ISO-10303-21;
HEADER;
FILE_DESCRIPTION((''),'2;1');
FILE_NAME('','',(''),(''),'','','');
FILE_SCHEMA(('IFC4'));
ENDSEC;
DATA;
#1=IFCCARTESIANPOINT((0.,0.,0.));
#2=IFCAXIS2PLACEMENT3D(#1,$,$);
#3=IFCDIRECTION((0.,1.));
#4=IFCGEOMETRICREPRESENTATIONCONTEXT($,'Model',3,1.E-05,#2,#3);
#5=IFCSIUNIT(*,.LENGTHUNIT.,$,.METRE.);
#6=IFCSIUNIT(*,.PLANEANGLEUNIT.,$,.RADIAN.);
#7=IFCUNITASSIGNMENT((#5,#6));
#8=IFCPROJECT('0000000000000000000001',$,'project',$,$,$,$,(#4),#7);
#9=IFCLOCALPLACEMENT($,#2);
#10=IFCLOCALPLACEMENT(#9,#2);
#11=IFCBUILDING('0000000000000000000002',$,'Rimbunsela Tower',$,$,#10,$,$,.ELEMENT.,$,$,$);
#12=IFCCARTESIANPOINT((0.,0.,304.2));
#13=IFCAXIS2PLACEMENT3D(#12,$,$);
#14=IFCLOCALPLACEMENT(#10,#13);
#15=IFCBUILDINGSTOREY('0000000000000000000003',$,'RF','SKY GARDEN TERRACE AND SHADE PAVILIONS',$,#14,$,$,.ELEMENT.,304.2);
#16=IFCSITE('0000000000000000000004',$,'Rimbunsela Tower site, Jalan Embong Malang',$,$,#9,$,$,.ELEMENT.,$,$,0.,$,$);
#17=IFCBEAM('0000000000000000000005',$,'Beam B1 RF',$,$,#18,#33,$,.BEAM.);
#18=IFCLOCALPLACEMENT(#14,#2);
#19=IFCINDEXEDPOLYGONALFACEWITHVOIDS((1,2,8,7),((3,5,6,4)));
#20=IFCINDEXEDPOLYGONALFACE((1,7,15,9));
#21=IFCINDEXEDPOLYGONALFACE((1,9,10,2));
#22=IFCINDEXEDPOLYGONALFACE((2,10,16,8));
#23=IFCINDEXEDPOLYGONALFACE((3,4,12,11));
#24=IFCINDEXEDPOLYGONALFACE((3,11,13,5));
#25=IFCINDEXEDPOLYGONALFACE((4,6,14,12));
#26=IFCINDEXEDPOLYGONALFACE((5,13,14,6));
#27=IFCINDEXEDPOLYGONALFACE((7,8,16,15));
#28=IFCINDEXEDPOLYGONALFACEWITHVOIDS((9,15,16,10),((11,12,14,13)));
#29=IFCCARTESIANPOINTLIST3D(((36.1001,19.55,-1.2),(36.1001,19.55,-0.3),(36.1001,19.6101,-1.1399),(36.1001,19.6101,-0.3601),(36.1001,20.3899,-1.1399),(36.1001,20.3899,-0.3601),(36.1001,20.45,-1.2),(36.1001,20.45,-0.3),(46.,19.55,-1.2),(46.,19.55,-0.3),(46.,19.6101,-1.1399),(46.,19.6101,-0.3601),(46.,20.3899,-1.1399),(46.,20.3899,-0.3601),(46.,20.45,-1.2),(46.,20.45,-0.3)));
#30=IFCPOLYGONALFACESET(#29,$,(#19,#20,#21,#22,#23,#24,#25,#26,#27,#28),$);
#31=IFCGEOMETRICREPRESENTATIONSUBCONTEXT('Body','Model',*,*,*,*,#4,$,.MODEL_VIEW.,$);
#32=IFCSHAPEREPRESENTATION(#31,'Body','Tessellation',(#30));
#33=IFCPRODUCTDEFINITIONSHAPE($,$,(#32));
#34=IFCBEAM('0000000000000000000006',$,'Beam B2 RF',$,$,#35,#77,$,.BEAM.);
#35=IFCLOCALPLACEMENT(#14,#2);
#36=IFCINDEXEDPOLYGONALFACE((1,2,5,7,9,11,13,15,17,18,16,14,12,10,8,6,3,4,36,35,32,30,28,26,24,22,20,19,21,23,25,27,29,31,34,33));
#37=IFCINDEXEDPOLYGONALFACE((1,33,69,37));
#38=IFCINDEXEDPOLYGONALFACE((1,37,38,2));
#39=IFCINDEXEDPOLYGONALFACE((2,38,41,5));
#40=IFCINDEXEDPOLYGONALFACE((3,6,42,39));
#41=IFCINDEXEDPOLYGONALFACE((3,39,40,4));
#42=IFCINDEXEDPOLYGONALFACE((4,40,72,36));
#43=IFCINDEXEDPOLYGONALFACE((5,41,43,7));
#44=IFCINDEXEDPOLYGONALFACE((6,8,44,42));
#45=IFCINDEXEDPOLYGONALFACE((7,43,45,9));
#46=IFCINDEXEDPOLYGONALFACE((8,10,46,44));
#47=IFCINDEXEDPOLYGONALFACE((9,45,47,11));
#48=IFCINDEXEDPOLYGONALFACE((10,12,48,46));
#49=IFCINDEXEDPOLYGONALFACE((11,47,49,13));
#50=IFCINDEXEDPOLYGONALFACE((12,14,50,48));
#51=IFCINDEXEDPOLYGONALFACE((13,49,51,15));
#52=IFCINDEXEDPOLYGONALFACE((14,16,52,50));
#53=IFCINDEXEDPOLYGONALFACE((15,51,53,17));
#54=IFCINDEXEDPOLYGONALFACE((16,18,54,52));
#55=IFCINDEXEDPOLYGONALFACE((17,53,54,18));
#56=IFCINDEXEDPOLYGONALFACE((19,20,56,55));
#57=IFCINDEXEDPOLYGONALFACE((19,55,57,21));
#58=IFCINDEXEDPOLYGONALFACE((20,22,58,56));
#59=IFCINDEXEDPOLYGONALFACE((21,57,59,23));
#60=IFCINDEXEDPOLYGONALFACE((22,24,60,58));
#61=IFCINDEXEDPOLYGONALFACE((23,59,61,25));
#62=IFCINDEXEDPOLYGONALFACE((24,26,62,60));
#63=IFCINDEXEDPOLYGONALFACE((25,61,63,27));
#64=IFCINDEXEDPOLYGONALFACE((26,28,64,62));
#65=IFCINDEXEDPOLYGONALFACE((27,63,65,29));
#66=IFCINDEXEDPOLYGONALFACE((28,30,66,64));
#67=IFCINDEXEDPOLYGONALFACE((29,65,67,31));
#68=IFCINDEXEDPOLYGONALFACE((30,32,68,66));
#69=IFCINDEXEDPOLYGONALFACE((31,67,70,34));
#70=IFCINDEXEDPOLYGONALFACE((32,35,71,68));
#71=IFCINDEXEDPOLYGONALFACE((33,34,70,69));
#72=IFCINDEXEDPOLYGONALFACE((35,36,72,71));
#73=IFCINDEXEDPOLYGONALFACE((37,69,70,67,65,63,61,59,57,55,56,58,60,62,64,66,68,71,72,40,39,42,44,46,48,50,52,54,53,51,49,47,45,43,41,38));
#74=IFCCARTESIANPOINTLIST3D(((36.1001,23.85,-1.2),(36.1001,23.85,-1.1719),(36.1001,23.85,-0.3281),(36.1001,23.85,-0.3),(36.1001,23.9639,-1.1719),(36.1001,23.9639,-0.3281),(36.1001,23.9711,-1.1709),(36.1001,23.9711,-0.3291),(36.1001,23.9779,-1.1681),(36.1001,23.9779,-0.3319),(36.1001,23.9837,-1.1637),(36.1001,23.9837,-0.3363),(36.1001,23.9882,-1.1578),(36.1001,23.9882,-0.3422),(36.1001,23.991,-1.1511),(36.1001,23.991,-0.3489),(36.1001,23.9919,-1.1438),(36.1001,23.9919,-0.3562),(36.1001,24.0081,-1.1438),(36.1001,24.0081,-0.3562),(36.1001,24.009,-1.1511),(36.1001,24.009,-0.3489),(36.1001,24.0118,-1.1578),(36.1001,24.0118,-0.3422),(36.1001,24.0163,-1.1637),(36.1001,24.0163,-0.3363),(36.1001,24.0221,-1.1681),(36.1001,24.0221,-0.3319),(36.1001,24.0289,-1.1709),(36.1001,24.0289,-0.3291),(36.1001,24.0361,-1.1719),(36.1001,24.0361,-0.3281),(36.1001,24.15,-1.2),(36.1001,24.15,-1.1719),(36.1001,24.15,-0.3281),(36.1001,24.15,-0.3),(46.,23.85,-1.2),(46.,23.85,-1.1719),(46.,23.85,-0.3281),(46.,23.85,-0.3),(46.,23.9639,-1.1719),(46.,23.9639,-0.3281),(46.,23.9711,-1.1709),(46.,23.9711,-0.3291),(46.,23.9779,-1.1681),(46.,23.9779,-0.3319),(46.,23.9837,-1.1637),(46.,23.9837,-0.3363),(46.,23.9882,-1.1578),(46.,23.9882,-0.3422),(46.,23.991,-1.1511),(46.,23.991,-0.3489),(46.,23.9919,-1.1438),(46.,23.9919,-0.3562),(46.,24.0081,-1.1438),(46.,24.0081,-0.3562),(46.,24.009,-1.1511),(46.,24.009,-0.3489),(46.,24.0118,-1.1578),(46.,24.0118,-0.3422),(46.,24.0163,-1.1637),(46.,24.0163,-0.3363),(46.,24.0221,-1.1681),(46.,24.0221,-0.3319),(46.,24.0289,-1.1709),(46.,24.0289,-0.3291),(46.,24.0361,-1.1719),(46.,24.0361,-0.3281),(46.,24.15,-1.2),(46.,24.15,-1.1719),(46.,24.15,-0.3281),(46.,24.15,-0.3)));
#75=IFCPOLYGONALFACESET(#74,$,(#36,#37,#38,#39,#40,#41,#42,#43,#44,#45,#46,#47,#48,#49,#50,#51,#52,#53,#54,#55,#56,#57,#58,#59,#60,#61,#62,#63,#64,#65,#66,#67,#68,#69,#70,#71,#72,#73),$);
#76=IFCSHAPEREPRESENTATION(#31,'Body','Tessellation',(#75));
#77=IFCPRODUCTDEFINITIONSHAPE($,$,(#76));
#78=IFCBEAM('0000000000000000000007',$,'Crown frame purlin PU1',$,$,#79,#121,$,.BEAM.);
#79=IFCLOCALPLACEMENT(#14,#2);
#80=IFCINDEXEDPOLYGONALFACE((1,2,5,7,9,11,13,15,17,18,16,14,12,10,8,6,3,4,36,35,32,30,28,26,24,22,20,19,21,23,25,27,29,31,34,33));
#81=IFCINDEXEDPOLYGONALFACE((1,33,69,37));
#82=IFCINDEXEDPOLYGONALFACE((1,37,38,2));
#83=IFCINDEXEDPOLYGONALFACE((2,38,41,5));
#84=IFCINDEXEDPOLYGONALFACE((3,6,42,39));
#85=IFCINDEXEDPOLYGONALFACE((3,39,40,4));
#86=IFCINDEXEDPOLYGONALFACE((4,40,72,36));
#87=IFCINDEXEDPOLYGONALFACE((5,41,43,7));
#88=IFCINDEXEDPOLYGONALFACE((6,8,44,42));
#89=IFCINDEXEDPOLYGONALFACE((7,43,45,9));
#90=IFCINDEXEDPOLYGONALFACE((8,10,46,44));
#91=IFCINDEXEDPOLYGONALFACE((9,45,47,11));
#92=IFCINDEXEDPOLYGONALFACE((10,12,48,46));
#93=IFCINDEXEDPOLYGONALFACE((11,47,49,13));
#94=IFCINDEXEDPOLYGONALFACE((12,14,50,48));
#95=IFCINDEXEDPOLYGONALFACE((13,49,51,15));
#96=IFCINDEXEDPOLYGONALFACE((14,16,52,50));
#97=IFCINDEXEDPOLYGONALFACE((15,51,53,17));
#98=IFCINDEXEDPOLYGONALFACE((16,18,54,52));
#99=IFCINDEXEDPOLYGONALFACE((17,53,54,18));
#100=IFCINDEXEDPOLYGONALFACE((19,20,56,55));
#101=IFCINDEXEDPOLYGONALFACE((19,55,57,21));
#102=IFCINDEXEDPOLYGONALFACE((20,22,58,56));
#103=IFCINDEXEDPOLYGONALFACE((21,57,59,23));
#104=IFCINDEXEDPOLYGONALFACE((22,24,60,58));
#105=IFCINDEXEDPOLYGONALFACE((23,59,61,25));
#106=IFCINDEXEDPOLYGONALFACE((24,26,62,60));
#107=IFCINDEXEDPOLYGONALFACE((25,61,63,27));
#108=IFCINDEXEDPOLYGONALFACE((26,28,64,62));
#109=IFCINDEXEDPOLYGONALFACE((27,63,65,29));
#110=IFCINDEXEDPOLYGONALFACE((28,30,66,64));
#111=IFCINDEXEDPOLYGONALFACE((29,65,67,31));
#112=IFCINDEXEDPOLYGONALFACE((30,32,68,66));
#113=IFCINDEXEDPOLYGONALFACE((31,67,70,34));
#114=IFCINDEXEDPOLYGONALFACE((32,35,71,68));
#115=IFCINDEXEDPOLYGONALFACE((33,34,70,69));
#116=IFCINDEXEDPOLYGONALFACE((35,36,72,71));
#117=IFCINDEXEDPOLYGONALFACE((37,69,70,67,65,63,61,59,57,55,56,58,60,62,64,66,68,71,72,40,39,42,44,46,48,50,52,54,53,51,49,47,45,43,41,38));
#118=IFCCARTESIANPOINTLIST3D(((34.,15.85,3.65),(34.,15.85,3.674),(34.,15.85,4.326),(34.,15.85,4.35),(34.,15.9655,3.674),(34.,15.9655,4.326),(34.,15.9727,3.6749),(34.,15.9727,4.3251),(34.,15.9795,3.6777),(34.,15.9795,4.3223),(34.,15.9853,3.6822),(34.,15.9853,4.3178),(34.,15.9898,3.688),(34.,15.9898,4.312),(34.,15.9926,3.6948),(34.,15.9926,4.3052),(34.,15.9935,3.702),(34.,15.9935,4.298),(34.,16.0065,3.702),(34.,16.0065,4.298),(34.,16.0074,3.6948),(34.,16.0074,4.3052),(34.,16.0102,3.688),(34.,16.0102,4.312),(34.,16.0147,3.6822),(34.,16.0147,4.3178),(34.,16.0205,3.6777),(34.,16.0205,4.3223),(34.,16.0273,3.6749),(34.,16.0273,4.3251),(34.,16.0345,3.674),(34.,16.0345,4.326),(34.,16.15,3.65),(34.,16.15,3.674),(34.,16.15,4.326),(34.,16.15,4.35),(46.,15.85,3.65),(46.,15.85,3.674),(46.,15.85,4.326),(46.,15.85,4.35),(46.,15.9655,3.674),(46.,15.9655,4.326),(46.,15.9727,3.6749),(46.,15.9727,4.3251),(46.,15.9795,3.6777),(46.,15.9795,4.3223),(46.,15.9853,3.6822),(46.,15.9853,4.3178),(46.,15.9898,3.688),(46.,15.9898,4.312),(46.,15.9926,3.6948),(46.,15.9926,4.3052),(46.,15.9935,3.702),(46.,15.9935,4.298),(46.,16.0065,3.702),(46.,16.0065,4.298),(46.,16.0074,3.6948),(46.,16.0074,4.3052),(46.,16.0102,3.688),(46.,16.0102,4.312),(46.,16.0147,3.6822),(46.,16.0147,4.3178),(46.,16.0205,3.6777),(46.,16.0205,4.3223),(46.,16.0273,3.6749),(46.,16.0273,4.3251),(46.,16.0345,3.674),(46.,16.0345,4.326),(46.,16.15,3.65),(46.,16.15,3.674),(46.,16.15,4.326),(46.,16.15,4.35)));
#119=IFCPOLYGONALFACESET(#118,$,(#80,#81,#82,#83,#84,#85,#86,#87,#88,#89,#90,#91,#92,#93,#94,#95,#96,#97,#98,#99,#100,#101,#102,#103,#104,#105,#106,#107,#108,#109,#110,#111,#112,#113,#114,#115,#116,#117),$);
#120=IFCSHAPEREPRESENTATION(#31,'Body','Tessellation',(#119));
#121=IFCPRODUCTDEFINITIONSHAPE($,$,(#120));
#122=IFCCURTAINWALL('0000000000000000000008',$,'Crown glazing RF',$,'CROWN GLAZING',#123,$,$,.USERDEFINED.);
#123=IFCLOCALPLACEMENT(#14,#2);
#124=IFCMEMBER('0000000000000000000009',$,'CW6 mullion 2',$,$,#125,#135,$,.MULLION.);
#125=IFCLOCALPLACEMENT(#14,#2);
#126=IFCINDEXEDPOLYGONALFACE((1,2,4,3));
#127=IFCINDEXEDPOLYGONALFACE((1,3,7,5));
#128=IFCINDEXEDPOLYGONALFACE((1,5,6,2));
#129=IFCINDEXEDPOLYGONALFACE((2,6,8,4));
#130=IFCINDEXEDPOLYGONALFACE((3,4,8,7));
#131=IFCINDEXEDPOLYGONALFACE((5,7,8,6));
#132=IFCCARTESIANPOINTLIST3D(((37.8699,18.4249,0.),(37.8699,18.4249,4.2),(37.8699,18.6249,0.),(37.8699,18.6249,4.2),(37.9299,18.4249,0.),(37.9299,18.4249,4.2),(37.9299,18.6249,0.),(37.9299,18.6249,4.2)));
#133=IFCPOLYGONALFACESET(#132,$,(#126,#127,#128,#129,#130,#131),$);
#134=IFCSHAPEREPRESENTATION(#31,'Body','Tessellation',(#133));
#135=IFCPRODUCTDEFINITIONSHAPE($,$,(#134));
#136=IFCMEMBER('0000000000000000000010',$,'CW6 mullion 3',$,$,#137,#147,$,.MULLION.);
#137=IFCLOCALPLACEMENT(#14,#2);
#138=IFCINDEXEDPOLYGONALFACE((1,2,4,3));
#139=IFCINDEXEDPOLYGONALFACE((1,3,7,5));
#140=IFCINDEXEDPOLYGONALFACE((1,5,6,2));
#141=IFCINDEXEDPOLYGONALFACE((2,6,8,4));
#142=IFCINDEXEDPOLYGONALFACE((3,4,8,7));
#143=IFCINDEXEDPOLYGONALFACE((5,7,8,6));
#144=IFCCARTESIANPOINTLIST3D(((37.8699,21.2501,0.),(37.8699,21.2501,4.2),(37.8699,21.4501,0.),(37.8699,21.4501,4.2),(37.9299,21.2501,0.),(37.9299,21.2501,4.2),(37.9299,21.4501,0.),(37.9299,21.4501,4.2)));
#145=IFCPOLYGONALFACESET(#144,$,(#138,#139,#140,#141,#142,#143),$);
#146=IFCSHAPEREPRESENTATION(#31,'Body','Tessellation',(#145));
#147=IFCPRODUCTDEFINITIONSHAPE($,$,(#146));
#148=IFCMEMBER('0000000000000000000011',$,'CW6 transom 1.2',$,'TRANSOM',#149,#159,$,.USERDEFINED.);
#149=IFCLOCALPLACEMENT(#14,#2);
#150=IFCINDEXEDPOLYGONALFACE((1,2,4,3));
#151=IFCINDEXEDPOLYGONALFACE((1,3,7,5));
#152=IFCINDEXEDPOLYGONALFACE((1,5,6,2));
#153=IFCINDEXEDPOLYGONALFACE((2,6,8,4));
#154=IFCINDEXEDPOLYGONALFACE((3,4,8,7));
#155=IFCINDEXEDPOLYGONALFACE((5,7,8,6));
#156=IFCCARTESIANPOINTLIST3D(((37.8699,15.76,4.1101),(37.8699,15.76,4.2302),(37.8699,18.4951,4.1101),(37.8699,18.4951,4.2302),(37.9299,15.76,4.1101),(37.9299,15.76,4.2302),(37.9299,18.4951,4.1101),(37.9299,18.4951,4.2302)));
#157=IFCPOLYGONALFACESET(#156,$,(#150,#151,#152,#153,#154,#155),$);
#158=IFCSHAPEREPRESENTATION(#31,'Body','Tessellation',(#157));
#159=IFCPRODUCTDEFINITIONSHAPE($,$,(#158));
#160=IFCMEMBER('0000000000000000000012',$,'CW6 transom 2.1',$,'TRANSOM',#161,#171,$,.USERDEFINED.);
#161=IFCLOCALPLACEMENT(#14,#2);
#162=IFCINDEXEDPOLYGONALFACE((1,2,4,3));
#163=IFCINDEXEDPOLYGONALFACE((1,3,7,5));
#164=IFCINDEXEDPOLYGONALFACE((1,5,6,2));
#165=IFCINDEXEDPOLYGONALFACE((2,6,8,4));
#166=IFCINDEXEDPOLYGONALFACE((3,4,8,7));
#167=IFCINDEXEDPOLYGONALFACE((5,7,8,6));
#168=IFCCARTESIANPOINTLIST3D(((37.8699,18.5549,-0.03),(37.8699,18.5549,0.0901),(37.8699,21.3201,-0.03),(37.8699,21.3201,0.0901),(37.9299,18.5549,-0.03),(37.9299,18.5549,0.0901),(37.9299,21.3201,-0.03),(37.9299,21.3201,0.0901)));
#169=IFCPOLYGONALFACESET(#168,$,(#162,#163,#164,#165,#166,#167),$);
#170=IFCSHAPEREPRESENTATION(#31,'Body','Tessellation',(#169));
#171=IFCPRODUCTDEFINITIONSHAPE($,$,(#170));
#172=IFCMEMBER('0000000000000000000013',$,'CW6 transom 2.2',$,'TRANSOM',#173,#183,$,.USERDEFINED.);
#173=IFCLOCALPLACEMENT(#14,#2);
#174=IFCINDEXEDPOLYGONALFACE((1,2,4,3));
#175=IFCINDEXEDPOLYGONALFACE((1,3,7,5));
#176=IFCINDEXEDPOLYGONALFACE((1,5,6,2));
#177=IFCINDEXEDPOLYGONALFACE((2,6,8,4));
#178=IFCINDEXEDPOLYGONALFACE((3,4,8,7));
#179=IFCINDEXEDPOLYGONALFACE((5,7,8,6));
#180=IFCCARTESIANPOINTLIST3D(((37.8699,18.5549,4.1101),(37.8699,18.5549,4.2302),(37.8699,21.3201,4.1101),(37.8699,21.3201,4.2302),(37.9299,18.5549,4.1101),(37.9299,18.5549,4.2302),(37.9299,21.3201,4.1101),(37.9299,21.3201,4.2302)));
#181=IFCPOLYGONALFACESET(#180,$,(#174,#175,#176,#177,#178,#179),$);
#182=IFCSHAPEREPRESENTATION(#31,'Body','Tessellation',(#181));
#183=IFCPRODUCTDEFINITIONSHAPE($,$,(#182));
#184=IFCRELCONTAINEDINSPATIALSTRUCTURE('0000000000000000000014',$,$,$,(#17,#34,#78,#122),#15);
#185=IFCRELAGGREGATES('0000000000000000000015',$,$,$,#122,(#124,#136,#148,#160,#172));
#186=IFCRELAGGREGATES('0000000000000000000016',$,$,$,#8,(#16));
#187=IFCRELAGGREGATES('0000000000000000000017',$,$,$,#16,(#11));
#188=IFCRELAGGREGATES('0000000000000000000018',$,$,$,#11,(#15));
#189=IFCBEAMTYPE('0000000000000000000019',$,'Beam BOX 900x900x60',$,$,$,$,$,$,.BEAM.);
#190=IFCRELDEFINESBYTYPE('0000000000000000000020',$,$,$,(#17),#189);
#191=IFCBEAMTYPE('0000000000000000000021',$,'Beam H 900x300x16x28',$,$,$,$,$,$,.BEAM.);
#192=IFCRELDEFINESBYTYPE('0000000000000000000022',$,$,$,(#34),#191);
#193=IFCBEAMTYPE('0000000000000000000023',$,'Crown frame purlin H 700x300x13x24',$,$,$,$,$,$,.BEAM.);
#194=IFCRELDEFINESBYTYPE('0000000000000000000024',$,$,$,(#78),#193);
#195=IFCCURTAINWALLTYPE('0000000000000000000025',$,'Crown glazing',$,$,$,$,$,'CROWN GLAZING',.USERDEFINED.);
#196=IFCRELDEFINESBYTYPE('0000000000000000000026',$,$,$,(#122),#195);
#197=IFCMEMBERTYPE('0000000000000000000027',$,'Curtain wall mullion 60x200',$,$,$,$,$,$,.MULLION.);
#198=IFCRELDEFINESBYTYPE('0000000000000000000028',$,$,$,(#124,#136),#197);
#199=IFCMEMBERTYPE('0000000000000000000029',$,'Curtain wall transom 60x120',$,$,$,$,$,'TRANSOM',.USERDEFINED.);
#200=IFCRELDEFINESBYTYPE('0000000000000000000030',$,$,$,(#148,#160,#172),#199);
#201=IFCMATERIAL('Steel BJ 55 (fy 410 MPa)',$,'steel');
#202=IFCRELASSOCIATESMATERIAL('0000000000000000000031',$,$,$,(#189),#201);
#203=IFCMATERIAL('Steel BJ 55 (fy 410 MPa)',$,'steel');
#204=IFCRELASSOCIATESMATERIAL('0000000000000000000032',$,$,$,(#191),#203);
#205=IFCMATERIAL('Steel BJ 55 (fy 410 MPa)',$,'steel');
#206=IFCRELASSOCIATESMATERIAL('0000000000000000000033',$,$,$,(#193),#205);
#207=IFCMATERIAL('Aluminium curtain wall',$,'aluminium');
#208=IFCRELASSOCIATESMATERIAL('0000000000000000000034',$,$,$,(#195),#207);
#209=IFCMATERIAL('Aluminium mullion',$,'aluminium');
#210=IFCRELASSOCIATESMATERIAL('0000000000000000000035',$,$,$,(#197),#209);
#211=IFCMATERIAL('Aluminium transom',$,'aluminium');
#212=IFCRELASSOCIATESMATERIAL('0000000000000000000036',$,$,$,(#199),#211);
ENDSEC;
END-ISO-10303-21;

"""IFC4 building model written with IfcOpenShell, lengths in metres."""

from ifc_helpers import new_model, si_unit, direction, frame, origin, origin_2d, place, context, subcontext, project, spatial, rectangle, hollow_rectangle, i_section, extrude, material, material_profile, profile_set, type_object, element, aggregate, save


model = new_model("IFC4")

# Units and contexts
model_context = context("Model", 3, precision=1e-05, world=origin(), true_north=direction((0.0, 1.0)))
body_context = subcontext(model_context, "Body", "Model", "MODEL_VIEW")
ifc_project = project(units=[si_unit("LENGTHUNIT", "METRE"), si_unit("PLANEANGLEUNIT", "RADIAN")], contexts=[model_context])

# Site, building, storey
site_placement = place(None, origin())
site = spatial("IfcSite", under=ifc_project, at=site_placement, Name="Rimbunsela Tower site, Jalan Embong Malang", CompositionType="ELEMENT", RefElevation=0.0)
building_placement = place(site_placement, origin())
building = spatial("IfcBuilding", under=site, at=building_placement, Name="Rimbunsela Tower", CompositionType="ELEMENT")
storey_placement = place(building_placement, frame((0.0, 0.0, 304.2)))
storey = spatial("IfcBuildingStorey", under=building, at=storey_placement, Name="RF", Description="SKY GARDEN TERRACE AND SHADE PAVILIONS", CompositionType="ELEMENT", Elevation=304.2)

# Beams
ifc_material_1 = material(Name="Steel BJ 55 (fy 410 MPa)", Category="steel")
ifc_material_profile_1 = material_profile(ifc_material_1, hollow_rectangle(XDim=0.8999, YDim=0.8999, WallThickness=0.0601, at=origin_2d()), Name="BOX 900x900x60")
ifc_profile_set_1 = profile_set([ifc_material_profile_1], Name="Steel BJ 55 (fy 410 MPa)")
beam_type_1 = type_object("IfcBeamType", Name="Beam BOX 900x900x60", PredefinedType="BEAM", material=ifc_profile_set_1)
beam_1_placement = place(storey_placement, frame((36.1001, 20.0, -0.75), z_axis=(1.0, 0.0, 0.0), x_axis=(0.0, 1.0, 0.0)))
element("IfcBeam", 1, at=beam_1_placement, inside=storey, type_object=beam_type_1, Name="Beam B1 RF", PredefinedType="BEAM", context=body_context, shape_type="SweptSolid", body=[
    extrude(hollow_rectangle(XDim=0.8999, YDim=0.8999, WallThickness=0.0601, at=origin_2d()), origin(), (0.0, 0.0, 1.0), 9.8999),
])
ifc_material_2 = material(Name="Steel BJ 55 (fy 410 MPa)", Category="steel")
ifc_material_profile_2 = material_profile(ifc_material_2, i_section(OverallWidth=0.3, OverallDepth=0.8999, WebThickness=0.0161, FlangeThickness=0.0281, FilletRadius=0.0281, at=origin_2d()), Name="H 900x300x16x28")
ifc_profile_set_2 = profile_set([ifc_material_profile_2], Name="Steel BJ 55 (fy 410 MPa)")
beam_type_2 = type_object("IfcBeamType", Name="Beam H 900x300x16x28", PredefinedType="BEAM", material=ifc_profile_set_2)
beam_2_placement = place(storey_placement, frame((36.1001, 24.0, -0.75), z_axis=(1.0, 0.0, 0.0), x_axis=(0.0, 1.0, 0.0)))
element("IfcBeam", 2, at=beam_2_placement, inside=storey, type_object=beam_type_2, Name="Beam B2 RF", PredefinedType="BEAM", context=body_context, shape_type="SweptSolid", body=[
    extrude(i_section(OverallWidth=0.3, OverallDepth=0.8999, WebThickness=0.0161, FlangeThickness=0.0281, FilletRadius=0.0281, at=origin_2d()), origin(), (0.0, 0.0, 1.0), 9.8999),
])
ifc_material_3 = material(Name="Steel BJ 55 (fy 410 MPa)", Category="steel")
ifc_material_profile_3 = material_profile(ifc_material_3, i_section(OverallWidth=0.3, OverallDepth=0.7, WebThickness=0.0129, FlangeThickness=0.0239, FilletRadius=0.0281, at=origin_2d()), Name="H 700x300x13x24")
ifc_profile_set_3 = profile_set([ifc_material_profile_3], Name="Steel BJ 55 (fy 410 MPa)")
beam_type_3 = type_object("IfcBeamType", Name="Crown frame purlin H 700x300x13x24", PredefinedType="BEAM", material=ifc_profile_set_3)
beam_3_placement = place(storey_placement, frame((34.0, 16.0, 4.0), z_axis=(1.0, 0.0, 0.0), x_axis=(0.0, 1.0, 0.0)))
element("IfcBeam", 3, at=beam_3_placement, inside=storey, type_object=beam_type_3, Name="Crown frame purlin PU1", PredefinedType="BEAM", context=body_context, shape_type="SweptSolid", body=[
    extrude(i_section(OverallWidth=0.3, OverallDepth=0.7, WebThickness=0.0129, FlangeThickness=0.0239, FilletRadius=0.0281, at=origin_2d()), origin(), (0.0, 0.0, 1.0), 12.0),
])

# Curtain wall, members
ifc_material_4 = material(Name="Aluminium curtain wall", Category="aluminium")
curtain_wall_type = type_object("IfcCurtainWallType", Name="Crown glazing", ElementType="CROWN GLAZING", PredefinedType="USERDEFINED", material=ifc_material_4)
curtain_wall_placement = place(storey_placement, origin())
curtain_wall = element("IfcCurtainWall", 4, at=curtain_wall_placement, inside=storey, type_object=curtain_wall_type, Name="Crown glazing RF", ObjectType="CROWN GLAZING", PredefinedType="USERDEFINED")
ifc_material_5 = material(Name="Aluminium mullion", Category="aluminium")
ifc_material_profile_4 = material_profile(ifc_material_5, rectangle(XDim=0.0601, YDim=0.2, at=origin_2d()), Name="Mullion 60x200")
ifc_profile_set_4 = profile_set([ifc_material_profile_4], Name="Aluminium mullion")
member_type_1 = type_object("IfcMemberType", Name="Curtain wall mullion 60x200", PredefinedType="MULLION", material=ifc_profile_set_4)
member_1_placement = place(storey_placement, frame((37.8999, 18.5249, 0.0), z_axis=(0.0, 0.0, 1.0), x_axis=(-1.0, 0.0, 0.0)))
member_1 = element("IfcMember", 5, at=member_1_placement, type_object=member_type_1, Name="CW6 mullion 2", PredefinedType="MULLION", context=body_context, shape_type="SweptSolid", body=[
    extrude(rectangle(XDim=0.0601, YDim=0.2, at=origin_2d()), origin(), (0.0, 0.0, 1.0), 4.2),
])
member_2_placement = place(storey_placement, frame((37.8999, 21.3501, 0.0), z_axis=(0.0, 0.0, 1.0), x_axis=(-1.0, 0.0, 0.0)))
member_2 = element("IfcMember", 6, at=member_2_placement, type_object=member_type_1, Name="CW6 mullion 3", PredefinedType="MULLION", context=body_context, shape_type="SweptSolid", body=[
    extrude(rectangle(XDim=0.0601, YDim=0.2, at=origin_2d()), origin(), (0.0, 0.0, 1.0), 4.2),
])
ifc_material_6 = material(Name="Aluminium transom", Category="aluminium")
ifc_material_profile_5 = material_profile(ifc_material_6, rectangle(XDim=0.0601, YDim=0.1201, at=origin_2d()), Name="Transom 60x120")
ifc_profile_set_5 = profile_set([ifc_material_profile_5], Name="Aluminium transom")
member_type_2 = type_object("IfcMemberType", Name="Curtain wall transom 60x120", ElementType="TRANSOM", PredefinedType="USERDEFINED", material=ifc_profile_set_5)
member_3_placement = place(storey_placement, frame((37.8999, 15.76, 4.1702), z_axis=(0.0, 1.0, 0.0), x_axis=(-1.0, 0.0, 0.0)))
member_3 = element("IfcMember", 7, at=member_3_placement, type_object=member_type_2, Name="CW6 transom 1.2", ObjectType="TRANSOM", PredefinedType="USERDEFINED", context=body_context, shape_type="SweptSolid", body=[
    extrude(rectangle(XDim=0.0601, YDim=0.1201, at=origin_2d()), origin(), (0.0, 0.0, 1.0), 2.7351),
])
member_4_placement = place(storey_placement, frame((37.8999, 18.5549, 0.03), z_axis=(0.0, 1.0, 0.0), x_axis=(-1.0, 0.0, 0.0)))
member_4 = element("IfcMember", 8, at=member_4_placement, type_object=member_type_2, Name="CW6 transom 2.1", ObjectType="TRANSOM", PredefinedType="USERDEFINED", context=body_context, shape_type="SweptSolid", body=[
    extrude(rectangle(XDim=0.0601, YDim=0.1201, at=origin_2d()), origin(), (0.0, 0.0, 1.0), 2.7651),
])
member_5_placement = place(storey_placement, frame((37.8999, 18.5549, 4.1702), z_axis=(0.0, 1.0, 0.0), x_axis=(-1.0, 0.0, 0.0)))
member_5 = element("IfcMember", 9, at=member_5_placement, type_object=member_type_2, Name="CW6 transom 2.2", ObjectType="TRANSOM", PredefinedType="USERDEFINED", context=body_context, shape_type="SweptSolid", body=[
    extrude(rectangle(XDim=0.0601, YDim=0.1201, at=origin_2d()), origin(), (0.0, 0.0, 1.0), 2.7651),
])
aggregate(curtain_wall, [member_1, member_2, member_3, member_4, member_5])

save(model, "model.ifc")
